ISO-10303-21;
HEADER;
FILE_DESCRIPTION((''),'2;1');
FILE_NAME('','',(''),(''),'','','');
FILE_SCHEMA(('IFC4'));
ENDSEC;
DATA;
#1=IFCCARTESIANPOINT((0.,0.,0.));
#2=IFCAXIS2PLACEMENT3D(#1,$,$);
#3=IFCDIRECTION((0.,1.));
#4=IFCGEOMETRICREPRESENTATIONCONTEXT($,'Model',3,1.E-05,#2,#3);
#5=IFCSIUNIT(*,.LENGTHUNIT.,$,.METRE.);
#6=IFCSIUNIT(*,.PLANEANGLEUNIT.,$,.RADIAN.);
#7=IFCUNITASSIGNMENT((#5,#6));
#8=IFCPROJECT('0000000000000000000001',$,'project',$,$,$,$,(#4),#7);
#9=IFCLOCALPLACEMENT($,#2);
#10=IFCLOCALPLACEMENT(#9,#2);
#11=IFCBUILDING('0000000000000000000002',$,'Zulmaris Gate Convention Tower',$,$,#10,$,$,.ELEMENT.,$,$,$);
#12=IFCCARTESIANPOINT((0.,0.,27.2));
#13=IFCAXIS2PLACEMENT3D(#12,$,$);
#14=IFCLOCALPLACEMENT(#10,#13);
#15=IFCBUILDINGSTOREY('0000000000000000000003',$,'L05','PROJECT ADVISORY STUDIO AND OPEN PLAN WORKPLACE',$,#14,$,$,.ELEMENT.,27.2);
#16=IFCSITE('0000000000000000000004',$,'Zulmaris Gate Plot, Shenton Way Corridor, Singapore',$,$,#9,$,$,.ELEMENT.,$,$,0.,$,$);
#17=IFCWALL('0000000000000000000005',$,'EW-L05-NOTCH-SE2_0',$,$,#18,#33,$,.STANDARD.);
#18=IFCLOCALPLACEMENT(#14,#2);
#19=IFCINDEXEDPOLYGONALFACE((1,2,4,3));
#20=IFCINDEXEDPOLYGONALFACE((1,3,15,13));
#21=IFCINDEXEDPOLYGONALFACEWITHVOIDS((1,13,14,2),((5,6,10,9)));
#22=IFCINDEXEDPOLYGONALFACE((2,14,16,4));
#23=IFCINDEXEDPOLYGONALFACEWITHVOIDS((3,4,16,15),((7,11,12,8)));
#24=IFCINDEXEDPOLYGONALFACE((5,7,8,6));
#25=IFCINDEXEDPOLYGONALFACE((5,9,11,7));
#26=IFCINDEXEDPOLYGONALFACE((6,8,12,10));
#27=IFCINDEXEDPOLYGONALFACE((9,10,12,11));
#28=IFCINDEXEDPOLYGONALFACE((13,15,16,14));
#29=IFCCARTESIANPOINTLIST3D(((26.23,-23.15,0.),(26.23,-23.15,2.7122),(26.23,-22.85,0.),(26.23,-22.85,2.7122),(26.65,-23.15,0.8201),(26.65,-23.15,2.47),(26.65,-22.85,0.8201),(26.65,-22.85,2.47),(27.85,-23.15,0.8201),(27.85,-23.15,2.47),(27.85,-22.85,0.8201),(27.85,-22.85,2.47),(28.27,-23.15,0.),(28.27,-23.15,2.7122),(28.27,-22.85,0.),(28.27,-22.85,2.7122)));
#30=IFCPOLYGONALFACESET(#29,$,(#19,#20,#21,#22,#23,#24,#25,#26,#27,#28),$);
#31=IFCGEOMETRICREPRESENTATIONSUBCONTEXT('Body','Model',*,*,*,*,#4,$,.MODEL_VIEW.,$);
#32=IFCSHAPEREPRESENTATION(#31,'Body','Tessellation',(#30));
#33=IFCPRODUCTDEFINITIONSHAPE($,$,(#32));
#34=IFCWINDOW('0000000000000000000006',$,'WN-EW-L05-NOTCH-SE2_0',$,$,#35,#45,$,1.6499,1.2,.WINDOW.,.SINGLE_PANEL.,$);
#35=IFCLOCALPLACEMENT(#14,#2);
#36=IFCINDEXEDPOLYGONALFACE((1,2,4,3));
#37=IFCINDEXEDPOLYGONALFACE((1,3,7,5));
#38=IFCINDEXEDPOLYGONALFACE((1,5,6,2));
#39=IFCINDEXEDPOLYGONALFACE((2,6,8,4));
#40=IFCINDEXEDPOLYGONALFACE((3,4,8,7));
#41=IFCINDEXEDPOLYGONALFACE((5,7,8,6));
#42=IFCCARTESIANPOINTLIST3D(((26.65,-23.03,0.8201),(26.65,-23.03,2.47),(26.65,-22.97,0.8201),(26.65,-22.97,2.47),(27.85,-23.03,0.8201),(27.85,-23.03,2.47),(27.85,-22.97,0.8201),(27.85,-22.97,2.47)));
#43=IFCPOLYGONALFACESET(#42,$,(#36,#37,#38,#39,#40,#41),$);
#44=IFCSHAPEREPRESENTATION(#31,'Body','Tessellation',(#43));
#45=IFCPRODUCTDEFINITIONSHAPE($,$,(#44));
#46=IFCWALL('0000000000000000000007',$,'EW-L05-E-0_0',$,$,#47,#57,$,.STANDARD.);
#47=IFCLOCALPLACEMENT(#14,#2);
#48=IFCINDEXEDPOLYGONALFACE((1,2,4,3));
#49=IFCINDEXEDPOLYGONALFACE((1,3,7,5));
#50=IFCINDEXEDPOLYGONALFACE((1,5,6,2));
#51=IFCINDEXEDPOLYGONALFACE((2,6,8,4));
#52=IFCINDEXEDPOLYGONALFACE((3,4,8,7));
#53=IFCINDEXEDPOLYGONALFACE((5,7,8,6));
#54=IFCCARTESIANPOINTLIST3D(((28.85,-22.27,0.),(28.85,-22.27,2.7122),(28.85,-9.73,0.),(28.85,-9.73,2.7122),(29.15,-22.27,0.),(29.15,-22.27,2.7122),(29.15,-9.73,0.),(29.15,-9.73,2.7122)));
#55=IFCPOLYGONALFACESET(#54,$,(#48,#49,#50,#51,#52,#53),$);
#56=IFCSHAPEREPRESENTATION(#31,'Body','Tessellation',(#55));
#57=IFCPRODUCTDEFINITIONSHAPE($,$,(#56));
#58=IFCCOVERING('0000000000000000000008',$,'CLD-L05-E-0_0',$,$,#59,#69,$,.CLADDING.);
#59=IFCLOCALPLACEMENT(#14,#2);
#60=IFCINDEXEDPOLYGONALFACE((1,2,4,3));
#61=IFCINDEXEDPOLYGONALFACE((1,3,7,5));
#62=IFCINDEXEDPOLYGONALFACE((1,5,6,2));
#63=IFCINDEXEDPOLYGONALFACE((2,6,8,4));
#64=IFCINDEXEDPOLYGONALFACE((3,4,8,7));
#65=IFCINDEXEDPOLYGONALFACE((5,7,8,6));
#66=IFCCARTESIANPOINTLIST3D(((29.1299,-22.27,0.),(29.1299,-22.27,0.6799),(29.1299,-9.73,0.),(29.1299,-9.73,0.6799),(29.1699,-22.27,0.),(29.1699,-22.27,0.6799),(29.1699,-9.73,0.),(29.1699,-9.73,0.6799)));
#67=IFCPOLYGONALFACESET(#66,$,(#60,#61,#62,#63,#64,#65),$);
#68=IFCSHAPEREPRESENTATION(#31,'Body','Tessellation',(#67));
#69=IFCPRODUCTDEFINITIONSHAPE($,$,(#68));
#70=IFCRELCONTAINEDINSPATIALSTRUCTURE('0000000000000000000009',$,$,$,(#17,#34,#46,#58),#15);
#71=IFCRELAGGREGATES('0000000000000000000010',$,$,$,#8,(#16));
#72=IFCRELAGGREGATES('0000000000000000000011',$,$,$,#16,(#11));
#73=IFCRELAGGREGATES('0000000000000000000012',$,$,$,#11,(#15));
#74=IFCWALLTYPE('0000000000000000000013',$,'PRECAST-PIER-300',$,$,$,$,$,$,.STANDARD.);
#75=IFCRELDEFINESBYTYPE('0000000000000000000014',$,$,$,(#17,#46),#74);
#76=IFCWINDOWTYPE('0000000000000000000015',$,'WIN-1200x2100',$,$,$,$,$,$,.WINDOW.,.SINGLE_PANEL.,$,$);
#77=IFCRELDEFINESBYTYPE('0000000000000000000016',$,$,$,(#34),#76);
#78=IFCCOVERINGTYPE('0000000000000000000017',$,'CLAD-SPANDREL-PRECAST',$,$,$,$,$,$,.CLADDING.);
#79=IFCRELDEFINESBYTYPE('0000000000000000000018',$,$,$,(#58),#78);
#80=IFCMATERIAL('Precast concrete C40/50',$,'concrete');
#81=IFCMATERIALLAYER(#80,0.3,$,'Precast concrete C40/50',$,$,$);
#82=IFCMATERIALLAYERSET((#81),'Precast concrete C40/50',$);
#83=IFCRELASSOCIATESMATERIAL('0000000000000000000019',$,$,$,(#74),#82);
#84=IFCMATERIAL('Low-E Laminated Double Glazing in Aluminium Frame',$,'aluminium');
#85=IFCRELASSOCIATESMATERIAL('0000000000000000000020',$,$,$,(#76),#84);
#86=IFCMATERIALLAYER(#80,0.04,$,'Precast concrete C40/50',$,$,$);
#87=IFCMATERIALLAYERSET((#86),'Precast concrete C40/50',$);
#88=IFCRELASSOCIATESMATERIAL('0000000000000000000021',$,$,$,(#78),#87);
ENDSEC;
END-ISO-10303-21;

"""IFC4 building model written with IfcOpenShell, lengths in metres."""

from ifc_helpers import new_model, si_unit, direction, frame, frame_2d, origin, place, context, subcontext, project, spatial, rectangle, extrude, material, layer, layer_set, type_object, element, fill, save


model = new_model("IFC4")

# Units and contexts
model_context = context("Model", 3, precision=1e-05, world=origin(), true_north=direction((0.0, 1.0)))
body_context = subcontext(model_context, "Body", "Model", "MODEL_VIEW")
ifc_project = project(units=[si_unit("LENGTHUNIT", "METRE"), si_unit("PLANEANGLEUNIT", "RADIAN")], contexts=[model_context])

# Site, building, storey
site_placement = place(None, origin())
site = spatial("IfcSite", under=ifc_project, at=site_placement, Name="Zulmaris Gate Plot, Shenton Way Corridor, Singapore", CompositionType="ELEMENT", RefElevation=0.0)
building_placement = place(site_placement, origin())
building = spatial("IfcBuilding", under=site, at=building_placement, Name="Zulmaris Gate Convention Tower", CompositionType="ELEMENT")
storey_placement = place(building_placement, frame((0.0, 0.0, 27.2)))
storey = spatial("IfcBuildingStorey", under=building, at=storey_placement, Name="L05", Description="PROJECT ADVISORY STUDIO AND OPEN PLAN WORKPLACE", CompositionType="ELEMENT", Elevation=27.2)

# Shared definitions
ifc_material_1 = material(Name="Precast concrete C40/50", Category="concrete")

# Wall, opening, window
ifc_layer_1 = layer(ifc_material_1, 0.3, Name="Precast concrete C40/50")
ifc_layer_set_1 = layer_set([ifc_layer_1], Name="Precast concrete C40/50")
wall_type_1 = type_object("IfcWallType", Name="PRECAST-PIER-300", PredefinedType="STANDARD", material=ifc_layer_set_1)
ifc_material_2 = material(Name="Low-E Laminated Double Glazing in Aluminium Frame", Category="aluminium")
window_type = type_object("IfcWindowType", Name="WIN-1200x2100", PartitioningType="SINGLE_PANEL", PredefinedType="WINDOW", material=ifc_material_2)
wall_1_placement = place(storey_placement, frame((26.23, -23.0, 0.0), z_axis=(0.0, 0.0, 1.0), x_axis=(1.0, 0.0, 0.0)))
wall_1 = element("IfcWall", 1, at=wall_1_placement, inside=storey, type_object=wall_type_1, Name="EW-L05-NOTCH-SE2_0", PredefinedType="STANDARD", context=body_context, shape_type="SweptSolid", body=[
    extrude(rectangle(XDim=2.04, YDim=0.3, at=frame_2d((1.02, 0.0))), origin(), (0.0, 0.0, 1.0), 2.7122),
])
opening_1_placement = place(wall_1_placement, frame((0.4199, 0.0, 0.8201)))
opening_1 = element("IfcOpeningElement", 2, at=opening_1_placement, cuts=wall_1, PredefinedType="OPENING", context=body_context, shape_type="SweptSolid", body=[
    extrude(rectangle(XDim=1.2, YDim=1.6499, at=frame_2d((0.6001, 0.825))), frame((0.0, 0.1602, 0.0), z_axis=(0.0, -1.0, 0.0), x_axis=(1.0, 0.0, 0.0)), (0.0, 0.0, 1.0), 0.3201),
])
window_1_placement = place(opening_1_placement, origin())
window_1 = element("IfcWindow", 3, at=window_1_placement, inside=storey, type_object=window_type, Name="WN-EW-L05-NOTCH-SE2_0", OverallHeight=1.6499, OverallWidth=1.2, PartitioningType="SINGLE_PANEL", PredefinedType="WINDOW", context=body_context, shape_type="SweptSolid", body=[
    extrude(rectangle(XDim=1.2, YDim=1.6499, at=frame_2d((0.6001, 0.825))), frame((0.0, 0.03, 0.0), z_axis=(0.0, -1.0, 0.0), x_axis=(1.0, 0.0, 0.0)), (0.0, 0.0, 1.0), 0.0601),
])
fill(opening_1, window_1)

# Wall
wall_2_placement = place(storey_placement, frame((29.0, -22.27, 0.0), z_axis=(0.0, 0.0, 1.0), x_axis=(0.0, 1.0, 0.0)))
element("IfcWall", 4, at=wall_2_placement, inside=storey, type_object=wall_type_1, Name="EW-L05-E-0_0", PredefinedType="STANDARD", context=body_context, shape_type="SweptSolid", body=[
    extrude(rectangle(XDim=12.54, YDim=0.3, at=frame_2d((6.27, 0.0))), origin(), (0.0, 0.0, 1.0), 2.7122),
])

# Covering
ifc_layer_2 = layer(ifc_material_1, 0.04, Name="Precast concrete C40/50")
ifc_layer_set_2 = layer_set([ifc_layer_2], Name="Precast concrete C40/50")
covering_type = type_object("IfcCoveringType", Name="CLAD-SPANDREL-PRECAST", PredefinedType="CLADDING", material=ifc_layer_set_2)
covering_placement = place(storey_placement, frame((29.1499, -22.27, 0.0), z_axis=(0.0, 0.0, 1.0), x_axis=(0.0, 1.0, 0.0)))
element("IfcCovering", 5, at=covering_placement, inside=storey, type_object=covering_type, Name="CLD-L05-E-0_0", PredefinedType="CLADDING", context=body_context, shape_type="SweptSolid", body=[
    extrude(rectangle(XDim=12.54, YDim=0.04, at=frame_2d((6.27, 0.0))), origin(), (0.0, 0.0, 1.0), 0.6799),
])

save(model, "model.ifc")
